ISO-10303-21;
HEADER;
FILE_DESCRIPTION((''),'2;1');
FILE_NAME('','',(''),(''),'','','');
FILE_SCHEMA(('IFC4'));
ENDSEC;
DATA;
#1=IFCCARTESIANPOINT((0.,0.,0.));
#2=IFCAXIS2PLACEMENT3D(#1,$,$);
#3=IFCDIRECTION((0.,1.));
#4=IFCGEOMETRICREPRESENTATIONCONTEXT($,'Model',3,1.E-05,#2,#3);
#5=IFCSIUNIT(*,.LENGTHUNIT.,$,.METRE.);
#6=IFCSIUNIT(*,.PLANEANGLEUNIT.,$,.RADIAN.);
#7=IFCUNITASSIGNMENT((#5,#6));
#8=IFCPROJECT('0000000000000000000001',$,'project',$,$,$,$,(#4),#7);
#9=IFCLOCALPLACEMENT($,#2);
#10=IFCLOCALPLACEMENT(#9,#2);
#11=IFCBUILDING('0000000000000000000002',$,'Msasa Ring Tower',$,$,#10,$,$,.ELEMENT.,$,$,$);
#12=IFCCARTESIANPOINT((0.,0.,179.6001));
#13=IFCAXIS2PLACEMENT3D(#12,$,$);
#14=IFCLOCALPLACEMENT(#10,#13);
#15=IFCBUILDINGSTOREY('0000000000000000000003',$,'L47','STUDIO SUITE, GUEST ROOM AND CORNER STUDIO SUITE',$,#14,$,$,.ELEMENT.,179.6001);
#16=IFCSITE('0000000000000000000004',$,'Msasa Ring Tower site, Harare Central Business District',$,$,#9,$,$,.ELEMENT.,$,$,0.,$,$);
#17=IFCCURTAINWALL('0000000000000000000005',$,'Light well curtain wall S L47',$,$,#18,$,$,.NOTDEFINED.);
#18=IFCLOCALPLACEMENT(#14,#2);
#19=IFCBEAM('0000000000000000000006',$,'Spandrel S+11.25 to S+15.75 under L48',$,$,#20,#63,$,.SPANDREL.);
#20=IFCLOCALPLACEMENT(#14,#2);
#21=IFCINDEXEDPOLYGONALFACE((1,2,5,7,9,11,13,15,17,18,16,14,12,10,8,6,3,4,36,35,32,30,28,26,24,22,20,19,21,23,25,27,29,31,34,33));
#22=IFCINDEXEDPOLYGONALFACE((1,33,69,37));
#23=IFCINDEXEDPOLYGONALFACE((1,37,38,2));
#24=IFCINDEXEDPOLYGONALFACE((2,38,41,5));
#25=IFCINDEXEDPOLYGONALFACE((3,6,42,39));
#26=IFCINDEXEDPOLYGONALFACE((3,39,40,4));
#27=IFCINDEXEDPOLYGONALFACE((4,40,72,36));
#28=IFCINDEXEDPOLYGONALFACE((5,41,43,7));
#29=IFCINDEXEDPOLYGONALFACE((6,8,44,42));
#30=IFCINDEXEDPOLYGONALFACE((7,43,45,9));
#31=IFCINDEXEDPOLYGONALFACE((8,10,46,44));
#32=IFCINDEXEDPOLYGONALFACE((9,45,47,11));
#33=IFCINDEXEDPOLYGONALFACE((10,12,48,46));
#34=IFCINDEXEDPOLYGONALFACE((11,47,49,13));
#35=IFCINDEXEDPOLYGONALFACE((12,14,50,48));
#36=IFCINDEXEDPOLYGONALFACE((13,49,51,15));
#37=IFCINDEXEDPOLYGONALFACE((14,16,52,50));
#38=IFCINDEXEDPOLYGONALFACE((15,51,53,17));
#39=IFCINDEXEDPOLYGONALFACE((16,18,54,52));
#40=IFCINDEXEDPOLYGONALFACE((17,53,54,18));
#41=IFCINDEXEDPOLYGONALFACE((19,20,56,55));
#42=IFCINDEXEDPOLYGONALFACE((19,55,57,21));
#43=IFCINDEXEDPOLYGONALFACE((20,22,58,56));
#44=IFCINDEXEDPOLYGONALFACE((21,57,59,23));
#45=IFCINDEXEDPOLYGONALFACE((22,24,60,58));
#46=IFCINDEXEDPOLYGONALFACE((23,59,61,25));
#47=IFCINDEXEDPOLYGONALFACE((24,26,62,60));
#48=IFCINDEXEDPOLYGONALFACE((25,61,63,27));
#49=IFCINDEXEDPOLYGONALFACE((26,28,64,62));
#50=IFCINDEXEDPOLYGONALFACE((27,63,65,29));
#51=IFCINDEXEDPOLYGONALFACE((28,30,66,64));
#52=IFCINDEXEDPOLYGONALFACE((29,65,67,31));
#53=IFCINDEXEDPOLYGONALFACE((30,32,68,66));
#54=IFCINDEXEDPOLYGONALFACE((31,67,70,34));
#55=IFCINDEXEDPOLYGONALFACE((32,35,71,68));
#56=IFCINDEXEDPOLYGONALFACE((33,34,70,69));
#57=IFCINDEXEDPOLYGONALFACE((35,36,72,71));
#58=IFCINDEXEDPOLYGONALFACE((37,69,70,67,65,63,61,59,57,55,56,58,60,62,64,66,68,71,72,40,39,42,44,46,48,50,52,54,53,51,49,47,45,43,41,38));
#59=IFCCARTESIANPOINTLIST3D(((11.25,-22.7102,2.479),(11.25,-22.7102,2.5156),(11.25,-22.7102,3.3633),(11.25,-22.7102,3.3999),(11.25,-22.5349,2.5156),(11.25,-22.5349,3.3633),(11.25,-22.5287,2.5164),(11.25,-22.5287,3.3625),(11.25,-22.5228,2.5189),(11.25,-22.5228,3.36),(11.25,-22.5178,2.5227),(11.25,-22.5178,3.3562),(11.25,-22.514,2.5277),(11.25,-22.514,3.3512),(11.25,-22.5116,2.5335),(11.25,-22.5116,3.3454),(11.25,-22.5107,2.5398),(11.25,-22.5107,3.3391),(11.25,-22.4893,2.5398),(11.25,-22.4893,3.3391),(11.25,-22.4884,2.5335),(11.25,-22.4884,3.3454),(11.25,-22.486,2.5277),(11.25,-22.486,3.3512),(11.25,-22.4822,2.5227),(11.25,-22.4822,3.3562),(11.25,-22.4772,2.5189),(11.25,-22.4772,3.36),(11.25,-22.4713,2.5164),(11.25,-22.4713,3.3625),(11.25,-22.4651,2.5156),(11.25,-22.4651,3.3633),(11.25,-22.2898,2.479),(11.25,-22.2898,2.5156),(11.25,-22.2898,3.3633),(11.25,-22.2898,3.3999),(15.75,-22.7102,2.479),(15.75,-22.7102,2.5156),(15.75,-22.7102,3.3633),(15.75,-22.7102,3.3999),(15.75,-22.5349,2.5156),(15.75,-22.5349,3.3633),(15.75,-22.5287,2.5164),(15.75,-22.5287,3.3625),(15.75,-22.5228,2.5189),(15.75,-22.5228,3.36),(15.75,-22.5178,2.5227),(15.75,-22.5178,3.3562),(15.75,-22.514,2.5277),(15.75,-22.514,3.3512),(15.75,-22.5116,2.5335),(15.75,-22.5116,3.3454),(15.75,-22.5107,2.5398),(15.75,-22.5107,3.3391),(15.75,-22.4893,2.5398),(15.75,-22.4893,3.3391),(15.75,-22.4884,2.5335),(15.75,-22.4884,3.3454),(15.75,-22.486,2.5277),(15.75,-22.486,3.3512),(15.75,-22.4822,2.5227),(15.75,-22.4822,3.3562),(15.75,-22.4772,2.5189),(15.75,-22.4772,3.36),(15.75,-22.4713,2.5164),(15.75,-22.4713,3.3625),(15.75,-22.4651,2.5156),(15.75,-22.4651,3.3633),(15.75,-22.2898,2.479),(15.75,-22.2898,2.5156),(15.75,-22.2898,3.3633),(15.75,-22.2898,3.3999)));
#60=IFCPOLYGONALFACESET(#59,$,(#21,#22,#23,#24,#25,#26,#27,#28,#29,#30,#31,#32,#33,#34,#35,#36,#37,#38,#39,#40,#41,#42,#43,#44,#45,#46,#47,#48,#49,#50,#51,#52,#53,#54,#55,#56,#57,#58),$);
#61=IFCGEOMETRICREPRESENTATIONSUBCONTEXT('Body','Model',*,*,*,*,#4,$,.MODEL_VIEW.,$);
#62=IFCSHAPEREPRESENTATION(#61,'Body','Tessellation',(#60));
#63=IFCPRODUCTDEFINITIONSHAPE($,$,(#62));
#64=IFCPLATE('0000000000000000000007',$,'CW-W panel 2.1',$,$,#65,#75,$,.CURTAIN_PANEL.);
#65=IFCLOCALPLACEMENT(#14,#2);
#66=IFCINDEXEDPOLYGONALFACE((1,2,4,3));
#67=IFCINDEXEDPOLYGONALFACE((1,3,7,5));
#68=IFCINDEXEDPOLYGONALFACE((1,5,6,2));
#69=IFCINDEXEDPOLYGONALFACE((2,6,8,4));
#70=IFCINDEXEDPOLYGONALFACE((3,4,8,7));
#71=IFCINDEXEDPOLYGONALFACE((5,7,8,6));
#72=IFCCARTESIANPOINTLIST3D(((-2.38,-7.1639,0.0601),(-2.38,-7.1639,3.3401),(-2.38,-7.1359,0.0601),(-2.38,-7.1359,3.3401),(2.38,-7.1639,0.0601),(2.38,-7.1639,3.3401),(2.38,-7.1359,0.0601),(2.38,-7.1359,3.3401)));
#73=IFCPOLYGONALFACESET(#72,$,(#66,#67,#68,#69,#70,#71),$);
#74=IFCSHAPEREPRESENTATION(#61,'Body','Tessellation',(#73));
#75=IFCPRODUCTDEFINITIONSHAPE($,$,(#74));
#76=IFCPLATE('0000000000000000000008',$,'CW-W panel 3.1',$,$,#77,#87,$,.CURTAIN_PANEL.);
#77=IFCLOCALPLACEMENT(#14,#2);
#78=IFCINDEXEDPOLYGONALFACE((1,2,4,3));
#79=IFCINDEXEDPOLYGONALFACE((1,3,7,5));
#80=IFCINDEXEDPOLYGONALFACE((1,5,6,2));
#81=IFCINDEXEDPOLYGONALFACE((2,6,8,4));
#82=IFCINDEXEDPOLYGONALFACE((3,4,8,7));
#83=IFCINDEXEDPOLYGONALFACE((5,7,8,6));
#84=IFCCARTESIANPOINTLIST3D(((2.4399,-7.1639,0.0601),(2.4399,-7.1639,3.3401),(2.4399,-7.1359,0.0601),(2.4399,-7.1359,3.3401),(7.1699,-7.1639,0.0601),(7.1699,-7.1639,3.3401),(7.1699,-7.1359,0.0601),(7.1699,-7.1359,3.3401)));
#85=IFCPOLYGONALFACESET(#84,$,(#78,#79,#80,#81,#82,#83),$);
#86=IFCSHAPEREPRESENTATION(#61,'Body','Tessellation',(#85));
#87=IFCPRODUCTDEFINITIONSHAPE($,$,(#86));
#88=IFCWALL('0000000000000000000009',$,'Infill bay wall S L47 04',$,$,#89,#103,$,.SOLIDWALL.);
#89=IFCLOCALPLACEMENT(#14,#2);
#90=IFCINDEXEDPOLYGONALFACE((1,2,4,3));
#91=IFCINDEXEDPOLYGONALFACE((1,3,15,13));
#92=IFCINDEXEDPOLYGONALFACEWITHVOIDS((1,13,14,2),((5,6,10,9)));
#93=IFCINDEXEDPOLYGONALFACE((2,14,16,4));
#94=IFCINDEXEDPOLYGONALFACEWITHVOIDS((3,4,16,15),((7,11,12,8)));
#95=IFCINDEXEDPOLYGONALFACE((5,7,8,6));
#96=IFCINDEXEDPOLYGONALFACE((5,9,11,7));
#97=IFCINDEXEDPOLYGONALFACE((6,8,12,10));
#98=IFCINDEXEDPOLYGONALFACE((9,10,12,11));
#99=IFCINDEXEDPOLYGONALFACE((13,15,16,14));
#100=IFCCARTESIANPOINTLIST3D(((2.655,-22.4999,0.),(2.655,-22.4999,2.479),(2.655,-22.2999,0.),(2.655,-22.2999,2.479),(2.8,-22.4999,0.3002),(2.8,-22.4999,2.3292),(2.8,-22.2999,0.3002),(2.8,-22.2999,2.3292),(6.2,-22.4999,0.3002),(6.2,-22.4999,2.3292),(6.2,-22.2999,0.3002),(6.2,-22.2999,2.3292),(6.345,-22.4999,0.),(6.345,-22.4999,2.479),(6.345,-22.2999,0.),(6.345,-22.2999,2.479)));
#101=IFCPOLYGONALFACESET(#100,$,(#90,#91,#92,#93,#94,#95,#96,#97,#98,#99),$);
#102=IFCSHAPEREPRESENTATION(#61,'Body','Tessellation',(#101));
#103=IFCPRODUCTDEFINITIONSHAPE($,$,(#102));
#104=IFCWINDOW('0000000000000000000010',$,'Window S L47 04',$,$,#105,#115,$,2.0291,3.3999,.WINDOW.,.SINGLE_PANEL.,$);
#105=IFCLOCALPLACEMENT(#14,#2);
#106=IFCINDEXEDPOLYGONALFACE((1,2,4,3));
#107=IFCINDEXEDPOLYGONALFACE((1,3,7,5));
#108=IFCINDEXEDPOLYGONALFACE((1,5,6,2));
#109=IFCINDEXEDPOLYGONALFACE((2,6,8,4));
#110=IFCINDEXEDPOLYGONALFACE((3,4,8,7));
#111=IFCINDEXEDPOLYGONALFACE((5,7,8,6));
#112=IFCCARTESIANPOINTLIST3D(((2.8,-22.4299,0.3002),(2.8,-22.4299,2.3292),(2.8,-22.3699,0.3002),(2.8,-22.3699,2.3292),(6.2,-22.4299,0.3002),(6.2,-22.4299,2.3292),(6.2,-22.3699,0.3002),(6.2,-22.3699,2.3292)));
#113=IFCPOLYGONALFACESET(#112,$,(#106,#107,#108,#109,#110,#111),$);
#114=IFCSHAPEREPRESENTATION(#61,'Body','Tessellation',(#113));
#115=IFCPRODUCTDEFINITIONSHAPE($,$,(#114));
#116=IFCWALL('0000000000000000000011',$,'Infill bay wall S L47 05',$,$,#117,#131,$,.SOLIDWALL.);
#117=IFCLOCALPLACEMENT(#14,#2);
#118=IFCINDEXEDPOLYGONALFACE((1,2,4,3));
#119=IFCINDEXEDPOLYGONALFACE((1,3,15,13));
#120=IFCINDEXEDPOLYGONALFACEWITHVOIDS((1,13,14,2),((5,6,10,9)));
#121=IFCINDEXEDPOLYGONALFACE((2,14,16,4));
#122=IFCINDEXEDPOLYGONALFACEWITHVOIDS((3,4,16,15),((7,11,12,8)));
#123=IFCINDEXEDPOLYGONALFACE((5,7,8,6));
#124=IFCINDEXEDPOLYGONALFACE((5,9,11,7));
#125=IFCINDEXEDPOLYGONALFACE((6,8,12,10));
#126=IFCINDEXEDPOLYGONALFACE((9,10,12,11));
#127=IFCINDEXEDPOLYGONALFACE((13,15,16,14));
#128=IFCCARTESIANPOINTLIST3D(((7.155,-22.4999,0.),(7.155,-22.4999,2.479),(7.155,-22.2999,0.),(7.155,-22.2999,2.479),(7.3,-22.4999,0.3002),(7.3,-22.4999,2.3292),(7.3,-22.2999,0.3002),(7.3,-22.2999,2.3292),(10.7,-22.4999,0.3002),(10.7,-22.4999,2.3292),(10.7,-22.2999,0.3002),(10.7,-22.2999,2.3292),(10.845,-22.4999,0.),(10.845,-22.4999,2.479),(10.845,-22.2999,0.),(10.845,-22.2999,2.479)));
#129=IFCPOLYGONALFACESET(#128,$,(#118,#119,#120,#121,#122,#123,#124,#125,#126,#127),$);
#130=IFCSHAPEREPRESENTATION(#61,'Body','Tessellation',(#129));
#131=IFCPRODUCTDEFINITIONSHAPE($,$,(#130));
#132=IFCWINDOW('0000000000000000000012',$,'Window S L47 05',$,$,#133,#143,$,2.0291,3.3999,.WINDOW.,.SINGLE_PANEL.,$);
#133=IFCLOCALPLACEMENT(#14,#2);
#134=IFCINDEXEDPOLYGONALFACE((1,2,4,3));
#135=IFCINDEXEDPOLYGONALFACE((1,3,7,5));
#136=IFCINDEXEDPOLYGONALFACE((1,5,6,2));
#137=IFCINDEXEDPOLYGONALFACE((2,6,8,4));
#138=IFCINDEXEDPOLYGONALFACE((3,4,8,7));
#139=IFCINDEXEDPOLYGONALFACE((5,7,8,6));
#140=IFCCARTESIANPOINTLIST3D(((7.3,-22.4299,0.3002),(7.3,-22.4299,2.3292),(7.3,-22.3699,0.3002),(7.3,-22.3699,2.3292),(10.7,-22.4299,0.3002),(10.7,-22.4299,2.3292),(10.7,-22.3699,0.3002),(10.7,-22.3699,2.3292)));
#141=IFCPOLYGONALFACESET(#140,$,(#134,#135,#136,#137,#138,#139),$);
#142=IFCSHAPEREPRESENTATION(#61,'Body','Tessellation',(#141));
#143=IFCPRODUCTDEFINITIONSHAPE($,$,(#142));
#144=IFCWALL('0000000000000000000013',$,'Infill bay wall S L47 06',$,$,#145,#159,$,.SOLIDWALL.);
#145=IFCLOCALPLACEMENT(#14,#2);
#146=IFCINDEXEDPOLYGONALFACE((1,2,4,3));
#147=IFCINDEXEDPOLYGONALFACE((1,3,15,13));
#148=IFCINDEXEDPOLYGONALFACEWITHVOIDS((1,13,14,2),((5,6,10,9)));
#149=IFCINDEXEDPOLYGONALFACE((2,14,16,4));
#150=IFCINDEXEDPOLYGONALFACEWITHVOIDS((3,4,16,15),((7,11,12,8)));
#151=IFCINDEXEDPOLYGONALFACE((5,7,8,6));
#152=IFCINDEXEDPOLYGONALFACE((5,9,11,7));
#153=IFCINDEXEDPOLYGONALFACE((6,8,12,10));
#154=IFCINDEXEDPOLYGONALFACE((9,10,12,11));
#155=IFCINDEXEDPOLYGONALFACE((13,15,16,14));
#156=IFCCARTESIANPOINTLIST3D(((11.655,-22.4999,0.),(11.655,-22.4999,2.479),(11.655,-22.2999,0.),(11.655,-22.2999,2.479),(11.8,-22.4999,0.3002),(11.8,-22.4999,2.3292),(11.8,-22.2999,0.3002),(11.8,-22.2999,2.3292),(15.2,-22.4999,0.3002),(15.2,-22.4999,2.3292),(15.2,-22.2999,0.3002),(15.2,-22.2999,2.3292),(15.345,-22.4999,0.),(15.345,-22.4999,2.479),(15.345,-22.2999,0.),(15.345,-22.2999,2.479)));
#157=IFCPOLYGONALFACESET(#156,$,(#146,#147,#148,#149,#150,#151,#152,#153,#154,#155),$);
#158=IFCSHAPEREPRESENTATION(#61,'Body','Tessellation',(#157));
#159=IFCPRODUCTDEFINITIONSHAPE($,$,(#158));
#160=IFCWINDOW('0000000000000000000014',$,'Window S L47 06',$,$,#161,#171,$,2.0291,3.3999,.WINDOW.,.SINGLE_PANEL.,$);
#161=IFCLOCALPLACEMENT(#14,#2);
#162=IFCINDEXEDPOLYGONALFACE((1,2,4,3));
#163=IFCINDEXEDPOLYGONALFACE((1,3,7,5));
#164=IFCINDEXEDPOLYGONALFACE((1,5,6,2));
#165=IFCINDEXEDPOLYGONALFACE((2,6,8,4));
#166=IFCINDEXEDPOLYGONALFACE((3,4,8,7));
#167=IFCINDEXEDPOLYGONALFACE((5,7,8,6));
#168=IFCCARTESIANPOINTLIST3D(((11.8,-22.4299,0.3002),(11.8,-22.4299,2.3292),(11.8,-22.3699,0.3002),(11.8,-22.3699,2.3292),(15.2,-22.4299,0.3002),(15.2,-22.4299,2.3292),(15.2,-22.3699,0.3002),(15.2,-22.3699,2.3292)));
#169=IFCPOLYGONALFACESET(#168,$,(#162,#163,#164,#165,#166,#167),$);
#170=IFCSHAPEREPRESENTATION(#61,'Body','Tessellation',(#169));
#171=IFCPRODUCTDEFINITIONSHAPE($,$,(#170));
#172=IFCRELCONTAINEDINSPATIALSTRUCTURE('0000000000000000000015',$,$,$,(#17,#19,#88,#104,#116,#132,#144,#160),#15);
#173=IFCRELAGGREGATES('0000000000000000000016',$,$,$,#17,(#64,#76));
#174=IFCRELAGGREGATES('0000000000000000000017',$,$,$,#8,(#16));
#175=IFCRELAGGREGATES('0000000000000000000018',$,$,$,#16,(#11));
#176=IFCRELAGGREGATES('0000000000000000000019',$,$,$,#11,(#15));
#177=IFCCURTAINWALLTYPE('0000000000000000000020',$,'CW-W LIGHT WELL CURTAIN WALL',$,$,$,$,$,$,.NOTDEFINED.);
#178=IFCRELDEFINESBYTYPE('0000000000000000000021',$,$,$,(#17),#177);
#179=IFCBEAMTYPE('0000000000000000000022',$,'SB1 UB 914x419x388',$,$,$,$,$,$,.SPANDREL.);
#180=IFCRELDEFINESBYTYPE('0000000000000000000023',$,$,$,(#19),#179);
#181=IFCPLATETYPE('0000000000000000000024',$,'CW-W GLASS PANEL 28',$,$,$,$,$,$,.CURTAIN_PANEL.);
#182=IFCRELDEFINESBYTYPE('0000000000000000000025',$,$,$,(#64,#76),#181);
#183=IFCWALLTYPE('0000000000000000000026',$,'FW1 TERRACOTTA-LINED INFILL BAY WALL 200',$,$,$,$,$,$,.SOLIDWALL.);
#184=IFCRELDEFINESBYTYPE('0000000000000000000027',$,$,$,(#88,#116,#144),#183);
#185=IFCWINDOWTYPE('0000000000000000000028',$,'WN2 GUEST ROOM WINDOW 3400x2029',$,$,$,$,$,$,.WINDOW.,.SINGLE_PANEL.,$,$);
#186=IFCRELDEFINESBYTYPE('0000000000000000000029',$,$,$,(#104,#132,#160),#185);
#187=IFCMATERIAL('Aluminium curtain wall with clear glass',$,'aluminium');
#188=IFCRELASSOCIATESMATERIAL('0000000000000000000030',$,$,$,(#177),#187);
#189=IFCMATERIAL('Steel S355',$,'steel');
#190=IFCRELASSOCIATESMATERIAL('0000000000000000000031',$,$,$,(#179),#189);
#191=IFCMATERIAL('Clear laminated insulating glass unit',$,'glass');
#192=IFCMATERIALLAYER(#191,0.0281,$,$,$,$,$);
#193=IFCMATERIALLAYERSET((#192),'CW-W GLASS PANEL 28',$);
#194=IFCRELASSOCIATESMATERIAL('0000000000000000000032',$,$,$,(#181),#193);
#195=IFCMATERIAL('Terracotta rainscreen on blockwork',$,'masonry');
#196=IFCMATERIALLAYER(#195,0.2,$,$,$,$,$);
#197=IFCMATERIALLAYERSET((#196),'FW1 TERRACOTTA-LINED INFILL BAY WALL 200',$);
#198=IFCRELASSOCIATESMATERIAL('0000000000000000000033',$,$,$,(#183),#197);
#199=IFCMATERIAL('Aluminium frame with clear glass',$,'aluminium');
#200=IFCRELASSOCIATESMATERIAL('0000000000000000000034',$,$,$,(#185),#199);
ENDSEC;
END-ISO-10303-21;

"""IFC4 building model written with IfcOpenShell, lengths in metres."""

from ifc_helpers import new_model, si_unit, direction, frame, frame_2d, origin, origin_2d, place, context, subcontext, project, spatial, rectangle, i_section, extrude, material, layer, layer_set, material_profile, profile_set, type_object, element, fill, aggregate, save


model = new_model("IFC4")

# Units and contexts
model_context = context("Model", 3, precision=1e-05, world=origin(), true_north=direction((0.0, 1.0)))
body_context = subcontext(model_context, "Body", "Model", "MODEL_VIEW")
ifc_project = project(units=[si_unit("LENGTHUNIT", "METRE"), si_unit("PLANEANGLEUNIT", "RADIAN")], contexts=[model_context])

# Site, building, storey
site_placement = place(None, origin())
site = spatial("IfcSite", under=ifc_project, at=site_placement, Name="Msasa Ring Tower site, Harare Central Business District", CompositionType="ELEMENT", RefElevation=0.0)
building_placement = place(site_placement, origin())
building = spatial("IfcBuilding", under=site, at=building_placement, Name="Msasa Ring Tower", CompositionType="ELEMENT")
storey_placement = place(building_placement, frame((0.0, 0.0, 179.6001)))
storey = spatial("IfcBuildingStorey", under=building, at=storey_placement, Name="L47", Description="STUDIO SUITE, GUEST ROOM AND CORNER STUDIO SUITE", CompositionType="ELEMENT", Elevation=179.6001)

# Curtain wall
ifc_material_1 = material(Name="Aluminium curtain wall with clear glass", Category="aluminium")
curtain_wall_type = type_object("IfcCurtainWallType", Name="CW-W LIGHT WELL CURTAIN WALL", PredefinedType="NOTDEFINED", material=ifc_material_1)
curtain_wall_1_placement = place(storey_placement, origin())
curtain_wall_1 = element("IfcCurtainWall", 1, at=curtain_wall_1_placement, inside=storey, type_object=curtain_wall_type, Name="Light well curtain wall S L47", PredefinedType="NOTDEFINED")

# Beam
ifc_material_2 = material(Name="Steel S355", Category="steel")
ifc_material_profile_1 = material_profile(ifc_material_2, i_section(OverallWidth=0.4204, OverallDepth=0.9209, WebThickness=0.0215, FlangeThickness=0.0366, FilletRadius=0.0242, at=origin_2d()), Name="UB 914x419x388")
ifc_profile_set_1 = profile_set([ifc_material_profile_1], Name="Steel S355")
beam_type_1 = type_object("IfcBeamType", Name="SB1 UB 914x419x388", PredefinedType="SPANDREL", material=ifc_profile_set_1)
for number, where, z_axis, x_axis, name in (
    (2, (11.25, -22.5, 2.9395), (1.0, 0.0, 0.0), (0.0, 1.0, 0.0), "Spandrel S+11.25 to S+15.75 under L48"),
):
    element("IfcBeam", number, at=place(storey_placement, frame(where, z_axis=z_axis, x_axis=x_axis)), inside=storey, type_object=beam_type_1, Name=name, PredefinedType="SPANDREL", context=body_context, shape_type="SweptSolid", body=[
        extrude(i_section(OverallWidth=0.4204, OverallDepth=0.9209, WebThickness=0.0215, FlangeThickness=0.0366, FilletRadius=0.0242, at=origin_2d()), origin(), (0.0, 0.0, 1.0), 4.5),
    ])

# Plates
ifc_material_3 = material(Name="Clear laminated insulating glass unit", Category="glass")
ifc_layer_1 = layer(ifc_material_3, 0.0281)
ifc_layer_set_1 = layer_set([ifc_layer_1], Name="CW-W GLASS PANEL 28")
plate_type = type_object("IfcPlateType", Name="CW-W GLASS PANEL 28", PredefinedType="CURTAIN_PANEL", material=ifc_layer_set_1)
plate_1_placement = place(storey_placement, frame((0.0, -7.1499, 0.0601), z_axis=(0.0, 0.0, 1.0), x_axis=(1.0, 0.0, 0.0)))
plate_1 = element("IfcPlate", 3, at=plate_1_placement, type_object=plate_type, Name="CW-W panel 2.1", PredefinedType="CURTAIN_PANEL", context=body_context, shape_type="SweptSolid", body=[
    extrude(rectangle(XDim=4.76, YDim=0.0281, at=origin_2d()), origin(), (0.0, 0.0, 1.0), 3.28),
])
plate_2_placement = place(storey_placement, frame((4.8049, -7.1499, 0.0601), z_axis=(0.0, 0.0, 1.0), x_axis=(1.0, 0.0, 0.0)))
plate_2 = element("IfcPlate", 4, at=plate_2_placement, type_object=plate_type, Name="CW-W panel 3.1", PredefinedType="CURTAIN_PANEL", context=body_context, shape_type="SweptSolid", body=[
    extrude(rectangle(XDim=4.73, YDim=0.0281, at=origin_2d()), origin(), (0.0, 0.0, 1.0), 3.28),
])
aggregate(curtain_wall_1, [plate_1, plate_2])

# Walls, openings, windows
ifc_material_4 = material(Name="Terracotta rainscreen on blockwork", Category="masonry")
ifc_layer_2 = layer(ifc_material_4, 0.2)
ifc_layer_set_2 = layer_set([ifc_layer_2], Name="FW1 TERRACOTTA-LINED INFILL BAY WALL 200")
wall_type_1 = type_object("IfcWallType", Name="FW1 TERRACOTTA-LINED INFILL BAY WALL 200", PredefinedType="SOLIDWALL", material=ifc_layer_set_2)
wall_1_placement = place(storey_placement, frame((2.655, -22.3999, 0.0), z_axis=(0.0, 0.0, 1.0), x_axis=(1.0, 0.0, 0.0)))
wall_1 = element("IfcWall", 5, at=wall_1_placement, inside=storey, type_object=wall_type_1, Name="Infill bay wall S L47 04", PredefinedType="SOLIDWALL", context=body_context, shape_type="SweptSolid", body=[
    extrude(rectangle(XDim=3.6899, YDim=0.2, at=frame_2d((1.845, 0.0))), origin(), (0.0, 0.0, 1.0), 2.479),
])
opening_1_placement = place(wall_1_placement, frame((0.145, 0.0, 0.3)))
opening_1 = element("IfcOpeningElement", 6, at=opening_1_placement, cuts=wall_1, PredefinedType="OPENING", context=body_context, shape_type="SweptSolid", body=[
    extrude(rectangle(XDim=3.3999, YDim=2.0291, at=frame_2d((1.7, 1.0146))), frame((0.0, 0.1099, 0.0), z_axis=(0.0, -1.0, 0.0), x_axis=(1.0, 0.0, 0.0)), (0.0, 0.0, 1.0), 0.22),
])
ifc_material_5 = material(Name="Aluminium frame with clear glass", Category="aluminium")
window_type = type_object("IfcWindowType", Name="WN2 GUEST ROOM WINDOW 3400x2029", PartitioningType="SINGLE_PANEL", PredefinedType="WINDOW", material=ifc_material_5)
window_1_placement = place(opening_1_placement, origin())
window_1 = element("IfcWindow", 7, at=window_1_placement, inside=storey, type_object=window_type, Name="Window S L47 04", OverallHeight=2.0291, OverallWidth=3.3999, PartitioningType="SINGLE_PANEL", PredefinedType="WINDOW", context=body_context, shape_type="SweptSolid", body=[
    extrude(rectangle(XDim=3.3999, YDim=2.0291, at=frame_2d((1.7, 1.0146))), frame((0.0, 0.03, 0.0), z_axis=(0.0, -1.0, 0.0), x_axis=(1.0, 0.0, 0.0)), (0.0, 0.0, 1.0), 0.0601),
])
fill(opening_1, window_1)
wall_2_placement = place(storey_placement, frame((7.155, -22.3999, 0.0), z_axis=(0.0, 0.0, 1.0), x_axis=(1.0, 0.0, 0.0)))
wall_2 = element("IfcWall", 8, at=wall_2_placement, inside=storey, type_object=wall_type_1, Name="Infill bay wall S L47 05", PredefinedType="SOLIDWALL", context=body_context, shape_type="SweptSolid", body=[
    extrude(rectangle(XDim=3.6899, YDim=0.2, at=frame_2d((1.845, 0.0))), origin(), (0.0, 0.0, 1.0), 2.479),
])
opening_2_placement = place(wall_2_placement, frame((0.145, 0.0, 0.3)))
opening_2 = element("IfcOpeningElement", 9, at=opening_2_placement, cuts=wall_2, PredefinedType="OPENING", context=body_context, shape_type="SweptSolid", body=[
    extrude(rectangle(XDim=3.3999, YDim=2.0291, at=frame_2d((1.7, 1.0146))), frame((0.0, 0.1099, 0.0), z_axis=(0.0, -1.0, 0.0), x_axis=(1.0, 0.0, 0.0)), (0.0, 0.0, 1.0), 0.22),
])
window_2_placement = place(opening_2_placement, origin())
window_2 = element("IfcWindow", 10, at=window_2_placement, inside=storey, type_object=window_type, Name="Window S L47 05", OverallHeight=2.0291, OverallWidth=3.3999, PartitioningType="SINGLE_PANEL", PredefinedType="WINDOW", context=body_context, shape_type="SweptSolid", body=[
    extrude(rectangle(XDim=3.3999, YDim=2.0291, at=frame_2d((1.7, 1.0146))), frame((0.0, 0.03, 0.0), z_axis=(0.0, -1.0, 0.0), x_axis=(1.0, 0.0, 0.0)), (0.0, 0.0, 1.0), 0.0601),
])
fill(opening_2, window_2)
wall_3_placement = place(storey_placement, frame((11.655, -22.3999, 0.0), z_axis=(0.0, 0.0, 1.0), x_axis=(1.0, 0.0, 0.0)))
wall_3 = element("IfcWall", 11, at=wall_3_placement, inside=storey, type_object=wall_type_1, Name="Infill bay wall S L47 06", PredefinedType="SOLIDWALL", context=body_context, shape_type="SweptSolid", body=[
    extrude(rectangle(XDim=3.6899, YDim=0.2, at=frame_2d((1.845, 0.0))), origin(), (0.0, 0.0, 1.0), 2.479),
])
opening_3_placement = place(wall_3_placement, frame((0.145, 0.0, 0.3)))
opening_3 = element("IfcOpeningElement", 12, at=opening_3_placement, cuts=wall_3, PredefinedType="OPENING", context=body_context, shape_type="SweptSolid", body=[
    extrude(rectangle(XDim=3.3999, YDim=2.0291, at=frame_2d((1.7, 1.0146))), frame((0.0, 0.1099, 0.0), z_axis=(0.0, -1.0, 0.0), x_axis=(1.0, 0.0, 0.0)), (0.0, 0.0, 1.0), 0.22),
])
window_3_placement = place(opening_3_placement, origin())
window_3 = element("IfcWindow", 13, at=window_3_placement, inside=storey, type_object=window_type, Name="Window S L47 06", OverallHeight=2.0291, OverallWidth=3.3999, PartitioningType="SINGLE_PANEL", PredefinedType="WINDOW", context=body_context, shape_type="SweptSolid", body=[
    extrude(rectangle(XDim=3.3999, YDim=2.0291, at=frame_2d((1.7, 1.0146))), frame((0.0, 0.03, 0.0), z_axis=(0.0, -1.0, 0.0), x_axis=(1.0, 0.0, 0.0)), (0.0, 0.0, 1.0), 0.0601),
])
fill(opening_3, window_3)

save(model, "model.ifc")
